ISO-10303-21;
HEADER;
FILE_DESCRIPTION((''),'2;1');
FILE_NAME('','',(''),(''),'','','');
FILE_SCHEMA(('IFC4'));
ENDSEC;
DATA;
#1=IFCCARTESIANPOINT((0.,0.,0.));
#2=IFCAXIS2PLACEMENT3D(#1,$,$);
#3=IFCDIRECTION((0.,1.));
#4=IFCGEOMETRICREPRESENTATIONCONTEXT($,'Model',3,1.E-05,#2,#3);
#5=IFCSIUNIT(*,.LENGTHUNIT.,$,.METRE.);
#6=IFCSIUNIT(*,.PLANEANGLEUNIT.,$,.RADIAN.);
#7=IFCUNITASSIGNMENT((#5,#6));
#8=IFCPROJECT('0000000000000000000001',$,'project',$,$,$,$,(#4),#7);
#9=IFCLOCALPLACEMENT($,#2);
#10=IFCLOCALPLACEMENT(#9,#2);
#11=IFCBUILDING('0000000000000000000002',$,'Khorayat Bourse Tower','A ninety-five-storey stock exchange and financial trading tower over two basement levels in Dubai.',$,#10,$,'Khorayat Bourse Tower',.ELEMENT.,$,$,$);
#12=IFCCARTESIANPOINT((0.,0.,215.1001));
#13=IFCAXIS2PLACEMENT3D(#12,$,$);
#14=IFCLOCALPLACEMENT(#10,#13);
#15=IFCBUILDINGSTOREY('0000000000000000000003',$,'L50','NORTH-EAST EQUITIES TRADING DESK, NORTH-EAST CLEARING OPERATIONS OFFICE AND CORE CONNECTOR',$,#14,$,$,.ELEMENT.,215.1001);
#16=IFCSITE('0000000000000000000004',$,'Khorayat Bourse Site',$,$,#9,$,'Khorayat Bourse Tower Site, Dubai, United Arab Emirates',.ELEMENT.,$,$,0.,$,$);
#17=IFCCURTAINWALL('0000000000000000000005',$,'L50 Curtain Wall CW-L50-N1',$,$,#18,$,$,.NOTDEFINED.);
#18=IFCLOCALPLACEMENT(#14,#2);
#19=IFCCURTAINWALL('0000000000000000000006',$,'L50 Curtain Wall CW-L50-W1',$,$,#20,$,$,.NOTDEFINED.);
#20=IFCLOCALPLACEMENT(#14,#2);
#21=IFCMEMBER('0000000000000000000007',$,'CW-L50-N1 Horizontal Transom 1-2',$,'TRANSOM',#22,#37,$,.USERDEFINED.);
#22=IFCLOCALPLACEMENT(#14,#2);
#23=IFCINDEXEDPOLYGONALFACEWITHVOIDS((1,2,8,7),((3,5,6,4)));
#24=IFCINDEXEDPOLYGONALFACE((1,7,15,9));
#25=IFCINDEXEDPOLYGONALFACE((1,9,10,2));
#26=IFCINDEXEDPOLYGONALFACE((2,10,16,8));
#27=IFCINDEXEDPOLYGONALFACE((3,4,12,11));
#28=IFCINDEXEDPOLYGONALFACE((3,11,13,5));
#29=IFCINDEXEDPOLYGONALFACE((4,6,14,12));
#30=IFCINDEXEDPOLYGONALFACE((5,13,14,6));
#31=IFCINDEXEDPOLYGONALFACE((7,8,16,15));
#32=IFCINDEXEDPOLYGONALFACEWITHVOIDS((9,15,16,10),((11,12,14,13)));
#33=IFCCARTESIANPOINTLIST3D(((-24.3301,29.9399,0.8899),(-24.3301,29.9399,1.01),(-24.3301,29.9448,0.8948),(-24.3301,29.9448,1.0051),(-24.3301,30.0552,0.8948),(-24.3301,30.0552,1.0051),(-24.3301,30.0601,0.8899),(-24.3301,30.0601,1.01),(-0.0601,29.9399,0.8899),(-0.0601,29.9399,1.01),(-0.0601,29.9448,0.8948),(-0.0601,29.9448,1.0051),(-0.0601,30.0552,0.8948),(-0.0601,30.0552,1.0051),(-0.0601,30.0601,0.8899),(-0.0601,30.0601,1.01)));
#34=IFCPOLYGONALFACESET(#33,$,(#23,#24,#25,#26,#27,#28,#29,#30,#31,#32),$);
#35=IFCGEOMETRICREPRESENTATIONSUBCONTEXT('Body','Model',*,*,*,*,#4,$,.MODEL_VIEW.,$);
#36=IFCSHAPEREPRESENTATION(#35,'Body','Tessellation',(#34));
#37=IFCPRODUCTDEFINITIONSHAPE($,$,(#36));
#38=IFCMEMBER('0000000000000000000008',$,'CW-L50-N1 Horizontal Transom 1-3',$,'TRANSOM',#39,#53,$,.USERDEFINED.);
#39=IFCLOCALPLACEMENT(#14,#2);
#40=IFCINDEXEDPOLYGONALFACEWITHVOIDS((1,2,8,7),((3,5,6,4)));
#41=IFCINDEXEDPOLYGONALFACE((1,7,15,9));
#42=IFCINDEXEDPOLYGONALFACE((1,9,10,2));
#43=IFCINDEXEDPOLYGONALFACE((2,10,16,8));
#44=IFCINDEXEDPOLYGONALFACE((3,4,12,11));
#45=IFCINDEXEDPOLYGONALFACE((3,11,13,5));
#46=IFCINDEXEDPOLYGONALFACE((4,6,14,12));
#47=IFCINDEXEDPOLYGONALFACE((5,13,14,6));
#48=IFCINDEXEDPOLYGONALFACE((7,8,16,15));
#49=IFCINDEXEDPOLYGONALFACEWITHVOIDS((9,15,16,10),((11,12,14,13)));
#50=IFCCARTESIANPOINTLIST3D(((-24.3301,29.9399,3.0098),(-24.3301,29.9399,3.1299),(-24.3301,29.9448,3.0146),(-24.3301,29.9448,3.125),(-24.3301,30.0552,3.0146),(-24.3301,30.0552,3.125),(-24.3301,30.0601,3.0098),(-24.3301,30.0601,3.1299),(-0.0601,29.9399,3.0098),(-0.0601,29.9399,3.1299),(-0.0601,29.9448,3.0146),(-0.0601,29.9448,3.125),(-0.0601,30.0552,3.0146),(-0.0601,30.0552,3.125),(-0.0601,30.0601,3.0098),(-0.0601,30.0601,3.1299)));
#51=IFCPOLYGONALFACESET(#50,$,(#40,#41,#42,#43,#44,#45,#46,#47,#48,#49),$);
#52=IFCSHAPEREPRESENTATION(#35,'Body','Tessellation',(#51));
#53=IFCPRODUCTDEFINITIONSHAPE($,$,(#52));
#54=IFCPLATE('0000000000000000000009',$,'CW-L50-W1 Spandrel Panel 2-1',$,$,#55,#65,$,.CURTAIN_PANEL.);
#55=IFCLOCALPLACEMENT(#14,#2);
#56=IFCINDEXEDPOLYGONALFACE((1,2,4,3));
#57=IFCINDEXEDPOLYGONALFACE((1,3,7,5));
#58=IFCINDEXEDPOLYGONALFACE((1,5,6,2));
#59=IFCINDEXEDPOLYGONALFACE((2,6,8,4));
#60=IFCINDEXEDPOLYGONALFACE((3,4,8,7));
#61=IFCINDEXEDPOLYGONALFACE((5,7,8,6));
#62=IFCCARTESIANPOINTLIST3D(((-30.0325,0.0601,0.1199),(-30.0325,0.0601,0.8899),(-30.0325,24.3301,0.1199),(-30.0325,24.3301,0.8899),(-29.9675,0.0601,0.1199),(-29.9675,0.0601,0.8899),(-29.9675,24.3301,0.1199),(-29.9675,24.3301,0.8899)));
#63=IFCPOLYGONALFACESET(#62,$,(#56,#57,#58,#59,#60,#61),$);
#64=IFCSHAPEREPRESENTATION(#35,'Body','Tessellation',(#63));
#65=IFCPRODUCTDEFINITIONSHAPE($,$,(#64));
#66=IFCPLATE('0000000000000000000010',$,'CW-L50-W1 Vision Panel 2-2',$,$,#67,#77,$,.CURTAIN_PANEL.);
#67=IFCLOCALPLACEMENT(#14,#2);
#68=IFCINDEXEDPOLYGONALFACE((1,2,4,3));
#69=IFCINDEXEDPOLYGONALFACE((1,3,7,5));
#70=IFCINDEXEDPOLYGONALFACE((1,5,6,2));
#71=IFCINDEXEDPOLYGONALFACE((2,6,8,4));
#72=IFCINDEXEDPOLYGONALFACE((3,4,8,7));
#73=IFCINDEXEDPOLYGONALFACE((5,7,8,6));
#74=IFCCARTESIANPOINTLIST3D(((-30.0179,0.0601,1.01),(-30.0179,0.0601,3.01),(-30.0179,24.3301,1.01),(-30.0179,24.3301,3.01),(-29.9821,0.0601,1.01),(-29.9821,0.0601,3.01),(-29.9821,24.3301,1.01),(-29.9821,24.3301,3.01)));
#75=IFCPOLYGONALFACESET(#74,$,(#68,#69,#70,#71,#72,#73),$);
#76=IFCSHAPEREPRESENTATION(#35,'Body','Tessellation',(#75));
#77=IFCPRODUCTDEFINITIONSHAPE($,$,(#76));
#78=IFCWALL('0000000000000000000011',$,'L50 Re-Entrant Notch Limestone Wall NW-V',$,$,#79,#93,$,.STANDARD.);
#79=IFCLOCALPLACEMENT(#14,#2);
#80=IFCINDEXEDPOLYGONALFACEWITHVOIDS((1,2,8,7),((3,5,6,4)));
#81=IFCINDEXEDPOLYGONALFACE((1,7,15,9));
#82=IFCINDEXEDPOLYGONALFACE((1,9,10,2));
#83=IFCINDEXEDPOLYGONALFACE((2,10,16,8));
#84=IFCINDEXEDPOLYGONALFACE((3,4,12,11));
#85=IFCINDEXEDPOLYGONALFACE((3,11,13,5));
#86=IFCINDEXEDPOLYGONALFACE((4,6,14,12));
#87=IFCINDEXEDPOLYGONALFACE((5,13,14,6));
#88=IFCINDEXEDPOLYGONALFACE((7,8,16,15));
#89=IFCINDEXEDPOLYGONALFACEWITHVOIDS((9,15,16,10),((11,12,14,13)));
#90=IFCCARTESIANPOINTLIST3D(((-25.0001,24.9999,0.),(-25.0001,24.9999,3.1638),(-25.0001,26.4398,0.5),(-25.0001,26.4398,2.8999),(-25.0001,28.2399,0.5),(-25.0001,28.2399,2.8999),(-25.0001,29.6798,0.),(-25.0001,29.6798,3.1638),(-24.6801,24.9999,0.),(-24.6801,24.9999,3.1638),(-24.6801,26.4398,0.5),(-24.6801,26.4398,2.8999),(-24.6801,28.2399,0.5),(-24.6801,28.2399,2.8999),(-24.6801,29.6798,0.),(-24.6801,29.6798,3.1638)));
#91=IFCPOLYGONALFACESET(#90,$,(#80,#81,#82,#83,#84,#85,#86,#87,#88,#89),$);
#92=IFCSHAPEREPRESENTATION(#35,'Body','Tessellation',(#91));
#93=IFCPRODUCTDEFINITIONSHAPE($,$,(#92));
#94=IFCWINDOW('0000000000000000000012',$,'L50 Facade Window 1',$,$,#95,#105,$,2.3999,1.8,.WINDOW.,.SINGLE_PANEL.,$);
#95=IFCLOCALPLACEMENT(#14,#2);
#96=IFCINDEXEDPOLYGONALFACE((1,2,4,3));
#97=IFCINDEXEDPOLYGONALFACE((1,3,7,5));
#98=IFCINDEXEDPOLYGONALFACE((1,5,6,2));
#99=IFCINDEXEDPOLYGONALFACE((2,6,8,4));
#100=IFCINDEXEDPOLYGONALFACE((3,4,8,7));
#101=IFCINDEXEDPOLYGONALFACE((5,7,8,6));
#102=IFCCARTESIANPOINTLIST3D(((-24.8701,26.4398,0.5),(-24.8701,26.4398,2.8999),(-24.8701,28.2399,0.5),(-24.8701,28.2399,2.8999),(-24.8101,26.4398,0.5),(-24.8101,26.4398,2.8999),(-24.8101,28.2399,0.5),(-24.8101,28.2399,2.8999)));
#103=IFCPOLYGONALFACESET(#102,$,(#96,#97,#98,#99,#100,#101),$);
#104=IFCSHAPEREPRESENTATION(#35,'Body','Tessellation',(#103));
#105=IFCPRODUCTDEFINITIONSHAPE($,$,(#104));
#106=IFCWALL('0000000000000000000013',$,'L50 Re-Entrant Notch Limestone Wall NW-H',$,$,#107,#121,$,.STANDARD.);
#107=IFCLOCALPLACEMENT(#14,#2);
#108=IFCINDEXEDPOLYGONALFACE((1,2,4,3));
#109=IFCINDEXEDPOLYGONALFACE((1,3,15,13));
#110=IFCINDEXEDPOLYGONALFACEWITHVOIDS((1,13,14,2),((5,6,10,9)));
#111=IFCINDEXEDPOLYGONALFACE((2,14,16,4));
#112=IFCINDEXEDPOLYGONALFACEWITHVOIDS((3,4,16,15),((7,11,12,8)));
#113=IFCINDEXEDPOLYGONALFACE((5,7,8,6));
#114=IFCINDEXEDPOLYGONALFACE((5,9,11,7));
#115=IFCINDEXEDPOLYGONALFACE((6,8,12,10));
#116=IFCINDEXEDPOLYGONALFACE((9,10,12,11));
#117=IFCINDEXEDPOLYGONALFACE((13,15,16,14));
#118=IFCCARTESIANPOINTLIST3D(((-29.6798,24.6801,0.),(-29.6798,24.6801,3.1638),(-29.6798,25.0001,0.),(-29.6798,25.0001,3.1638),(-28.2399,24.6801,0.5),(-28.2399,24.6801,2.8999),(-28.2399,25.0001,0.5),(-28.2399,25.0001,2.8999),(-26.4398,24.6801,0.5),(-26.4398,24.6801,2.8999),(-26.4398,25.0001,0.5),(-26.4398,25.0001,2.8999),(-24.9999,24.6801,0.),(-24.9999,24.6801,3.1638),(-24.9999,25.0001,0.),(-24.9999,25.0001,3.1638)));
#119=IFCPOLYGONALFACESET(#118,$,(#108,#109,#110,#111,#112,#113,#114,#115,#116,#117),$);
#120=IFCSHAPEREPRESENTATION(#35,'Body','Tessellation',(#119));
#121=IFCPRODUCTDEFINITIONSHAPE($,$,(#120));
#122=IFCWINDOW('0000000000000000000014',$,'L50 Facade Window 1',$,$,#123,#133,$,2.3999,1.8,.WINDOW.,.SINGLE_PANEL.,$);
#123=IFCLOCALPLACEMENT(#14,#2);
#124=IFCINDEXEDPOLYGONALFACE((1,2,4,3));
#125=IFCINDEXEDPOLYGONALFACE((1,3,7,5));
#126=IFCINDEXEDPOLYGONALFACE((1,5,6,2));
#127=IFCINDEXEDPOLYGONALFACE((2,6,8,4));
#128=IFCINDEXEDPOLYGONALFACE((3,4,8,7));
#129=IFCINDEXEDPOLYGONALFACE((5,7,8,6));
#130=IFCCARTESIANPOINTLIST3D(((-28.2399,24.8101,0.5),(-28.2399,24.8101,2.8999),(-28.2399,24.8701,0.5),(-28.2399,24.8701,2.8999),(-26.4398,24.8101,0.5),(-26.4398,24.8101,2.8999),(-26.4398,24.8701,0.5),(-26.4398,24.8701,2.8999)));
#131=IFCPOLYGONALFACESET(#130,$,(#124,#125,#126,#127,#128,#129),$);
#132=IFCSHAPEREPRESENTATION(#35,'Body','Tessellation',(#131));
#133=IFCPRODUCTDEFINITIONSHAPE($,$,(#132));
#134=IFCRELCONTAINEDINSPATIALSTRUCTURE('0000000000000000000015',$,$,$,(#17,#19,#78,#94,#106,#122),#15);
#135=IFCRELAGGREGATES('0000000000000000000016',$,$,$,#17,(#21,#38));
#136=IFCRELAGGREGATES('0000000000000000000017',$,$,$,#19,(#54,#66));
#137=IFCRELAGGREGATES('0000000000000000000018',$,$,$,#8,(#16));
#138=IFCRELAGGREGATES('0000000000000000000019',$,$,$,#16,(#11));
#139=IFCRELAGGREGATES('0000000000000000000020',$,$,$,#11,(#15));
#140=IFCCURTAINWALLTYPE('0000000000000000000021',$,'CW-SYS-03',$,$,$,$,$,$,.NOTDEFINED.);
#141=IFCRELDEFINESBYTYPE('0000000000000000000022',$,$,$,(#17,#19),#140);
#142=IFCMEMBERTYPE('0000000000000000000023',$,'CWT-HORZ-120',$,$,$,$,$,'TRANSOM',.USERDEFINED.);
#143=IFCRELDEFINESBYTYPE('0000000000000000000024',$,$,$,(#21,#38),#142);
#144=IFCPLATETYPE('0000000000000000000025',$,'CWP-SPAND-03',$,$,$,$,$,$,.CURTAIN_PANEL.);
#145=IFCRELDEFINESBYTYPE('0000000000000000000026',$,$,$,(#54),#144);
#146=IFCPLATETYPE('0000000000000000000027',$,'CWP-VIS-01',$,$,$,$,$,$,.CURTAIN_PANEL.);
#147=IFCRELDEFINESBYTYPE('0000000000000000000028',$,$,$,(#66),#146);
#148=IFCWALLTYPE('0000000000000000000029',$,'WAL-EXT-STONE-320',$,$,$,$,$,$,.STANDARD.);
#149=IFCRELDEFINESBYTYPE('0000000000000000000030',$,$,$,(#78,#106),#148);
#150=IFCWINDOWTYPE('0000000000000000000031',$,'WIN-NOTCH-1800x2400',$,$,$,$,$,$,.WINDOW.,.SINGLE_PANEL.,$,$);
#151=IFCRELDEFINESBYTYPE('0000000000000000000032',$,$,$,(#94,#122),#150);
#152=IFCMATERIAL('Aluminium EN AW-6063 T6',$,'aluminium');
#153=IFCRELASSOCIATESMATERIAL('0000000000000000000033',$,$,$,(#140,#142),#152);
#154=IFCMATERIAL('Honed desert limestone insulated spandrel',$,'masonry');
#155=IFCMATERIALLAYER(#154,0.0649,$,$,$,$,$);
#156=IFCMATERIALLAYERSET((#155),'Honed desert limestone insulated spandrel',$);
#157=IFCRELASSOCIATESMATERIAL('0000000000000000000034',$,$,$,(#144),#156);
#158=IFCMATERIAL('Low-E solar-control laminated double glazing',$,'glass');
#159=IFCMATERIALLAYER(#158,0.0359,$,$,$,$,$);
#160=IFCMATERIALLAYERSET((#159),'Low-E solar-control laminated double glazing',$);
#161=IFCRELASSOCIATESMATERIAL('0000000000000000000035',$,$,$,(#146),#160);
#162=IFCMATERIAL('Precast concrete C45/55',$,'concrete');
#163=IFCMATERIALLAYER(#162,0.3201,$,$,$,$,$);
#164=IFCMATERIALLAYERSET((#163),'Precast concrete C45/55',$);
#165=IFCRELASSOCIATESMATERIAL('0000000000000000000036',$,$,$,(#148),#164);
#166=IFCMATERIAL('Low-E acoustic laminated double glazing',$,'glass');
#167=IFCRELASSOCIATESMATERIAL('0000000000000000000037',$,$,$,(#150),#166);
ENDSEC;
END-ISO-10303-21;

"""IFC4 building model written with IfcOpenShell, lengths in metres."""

from ifc_helpers import new_model, si_unit, direction, frame, frame_2d, origin, origin_2d, place, context, subcontext, project, spatial, rectangle, hollow_rectangle, extrude, source, transform, mapped, material, layer, layer_set, material_profile, profile_set, type_object, element, fill, aggregate, save


model = new_model("IFC4")

# Units and contexts
model_context = context("Model", 3, precision=1e-05, world=origin(), true_north=direction((0.0, 1.0)))
body_context = subcontext(model_context, "Body", "Model", "MODEL_VIEW")
ifc_project = project(units=[si_unit("LENGTHUNIT", "METRE"), si_unit("PLANEANGLEUNIT", "RADIAN")], contexts=[model_context])

# Site, building, storey
site_placement = place(None, origin())
site = spatial("IfcSite", under=ifc_project, at=site_placement, Name="Khorayat Bourse Site", LongName="Khorayat Bourse Tower Site, Dubai, United Arab Emirates", CompositionType="ELEMENT", RefElevation=0.0)
building_placement = place(site_placement, origin())
building = spatial("IfcBuilding", under=site, at=building_placement, Name="Khorayat Bourse Tower", Description="A ninety-five-storey stock exchange and financial trading tower over two basement levels in Dubai.", LongName="Khorayat Bourse Tower", CompositionType="ELEMENT")
storey_placement = place(building_placement, frame((0.0, 0.0, 215.1001)))
storey = spatial("IfcBuildingStorey", under=building, at=storey_placement, Name="L50", Description="NORTH-EAST EQUITIES TRADING DESK, NORTH-EAST CLEARING OPERATIONS OFFICE AND CORE CONNECTOR", CompositionType="ELEMENT", Elevation=215.1001)

# Curtain wall
ifc_material_1 = material(Name="Aluminium EN AW-6063 T6", Category="aluminium")
curtain_wall_type = type_object("IfcCurtainWallType", Name="CW-SYS-03", PredefinedType="NOTDEFINED", material=ifc_material_1)
curtain_wall_1_placement = place(storey_placement, origin())
curtain_wall_1 = element("IfcCurtainWall", 1, at=curtain_wall_1_placement, inside=storey, type_object=curtain_wall_type, Name="L50 Curtain Wall CW-L50-N1", PredefinedType="NOTDEFINED")

# Curtain wall
curtain_wall_2_placement = place(storey_placement, origin())
curtain_wall_2 = element("IfcCurtainWall", 2, at=curtain_wall_2_placement, inside=storey, type_object=curtain_wall_type, Name="L50 Curtain Wall CW-L50-W1", PredefinedType="NOTDEFINED")

# Members
ifc_material_profile_1 = material_profile(ifc_material_1, hollow_rectangle(XDim=0.1201, YDim=0.1201, WallThickness=0.0049, at=origin_2d()), Name="ALU 120x120x5")
ifc_profile_set_1 = profile_set([ifc_material_profile_1], Name="Aluminium EN AW-6063 T6")
member_type_1 = type_object("IfcMemberType", Name="CWT-HORZ-120", ElementType="TRANSOM", PredefinedType="USERDEFINED", material=ifc_profile_set_1)
shared_shape_1 = source(origin(), body_context, "Body", "SweptSolid", [
    extrude(hollow_rectangle(XDim=0.1201, YDim=0.1201, WallThickness=0.0049, at=origin_2d()), origin(), (0.0, 0.0, 1.0), 24.27),
])
member_1_placement = place(storey_placement, frame((-24.3301, 30.0, 0.95), z_axis=(1.0, 0.0, 0.0), x_axis=(0.0, 1.0, 0.0)))
member_1 = element("IfcMember", 3, at=member_1_placement, type_object=member_type_1, Name="CW-L50-N1 Horizontal Transom 1-2", ObjectType="TRANSOM", PredefinedType="USERDEFINED", context=body_context, shape_type="MappedRepresentation", body=[
    mapped(shared_shape_1, transform((0.0, 0.0, 0.0), scale=1.0)),
])
member_2_placement = place(storey_placement, frame((-24.3301, 30.0, 3.0698), z_axis=(1.0, 0.0, 0.0), x_axis=(0.0, 1.0, 0.0)))
member_2 = element("IfcMember", 4, at=member_2_placement, type_object=member_type_1, Name="CW-L50-N1 Horizontal Transom 1-3", ObjectType="TRANSOM", PredefinedType="USERDEFINED", context=body_context, shape_type="MappedRepresentation", body=[
    mapped(shared_shape_1, transform((0.0, 0.0, 0.0), scale=1.0)),
])
aggregate(curtain_wall_1, [member_1, member_2])

# Plates
ifc_material_2 = material(Name="Honed desert limestone insulated spandrel", Category="masonry")
ifc_layer_1 = layer(ifc_material_2, 0.0649)
ifc_layer_set_1 = layer_set([ifc_layer_1], Name="Honed desert limestone insulated spandrel")
plate_type_1 = type_object("IfcPlateType", Name="CWP-SPAND-03", PredefinedType="CURTAIN_PANEL", material=ifc_layer_set_1)
shared_shape_2 = source(origin(), body_context, "Body", "SweptSolid", [
    extrude(rectangle(XDim=24.27, YDim=0.0649, at=origin_2d()), origin(), (0.0, 0.0, 1.0), 0.77),
])
plate_1_placement = place(storey_placement, frame((-30.0, 12.1951, 0.1199), z_axis=(0.0, 0.0, 1.0), x_axis=(0.0, 1.0, 0.0)))
plate_1 = element("IfcPlate", 5, at=plate_1_placement, type_object=plate_type_1, Name="CW-L50-W1 Spandrel Panel 2-1", PredefinedType="CURTAIN_PANEL", context=body_context, shape_type="MappedRepresentation", body=[
    mapped(shared_shape_2, transform((0.0, 0.0, 0.0), scale=1.0)),
])
ifc_material_3 = material(Name="Low-E solar-control laminated double glazing", Category="glass")
ifc_layer_2 = layer(ifc_material_3, 0.0359)
ifc_layer_set_2 = layer_set([ifc_layer_2], Name="Low-E solar-control laminated double glazing")
plate_type_2 = type_object("IfcPlateType", Name="CWP-VIS-01", PredefinedType="CURTAIN_PANEL", material=ifc_layer_set_2)
shared_shape_3 = source(origin(), body_context, "Body", "SweptSolid", [
    extrude(rectangle(XDim=24.27, YDim=0.0359, at=origin_2d()), origin(), (0.0, 0.0, 1.0), 2.0),
])
plate_2_placement = place(storey_placement, frame((-30.0, 12.1951, 1.01), z_axis=(0.0, 0.0, 1.0), x_axis=(0.0, 1.0, 0.0)))
plate_2 = element("IfcPlate", 6, at=plate_2_placement, type_object=plate_type_2, Name="CW-L50-W1 Vision Panel 2-2", PredefinedType="CURTAIN_PANEL", context=body_context, shape_type="MappedRepresentation", body=[
    mapped(shared_shape_3, transform((0.0, 0.0, 0.0), scale=1.0)),
])
aggregate(curtain_wall_2, [plate_1, plate_2])

# Walls, openings, windows
ifc_material_4 = material(Name="Precast concrete C45/55", Category="concrete")
ifc_layer_3 = layer(ifc_material_4, 0.3201)
ifc_layer_set_3 = layer_set([ifc_layer_3], Name="Precast concrete C45/55")
wall_type = type_object("IfcWallType", Name="WAL-EXT-STONE-320", PredefinedType="STANDARD", material=ifc_layer_set_3)
shared_shape_4 = source(origin(), body_context, "Body", "SweptSolid", [
    extrude(rectangle(XDim=4.6799, YDim=0.3201, at=frame_2d((2.3398, 0.0))), origin(), (0.0, 0.0, 1.0), 3.1638),
])
wall_1_placement = place(storey_placement, frame((-24.8401, 25.0, 0.0), z_axis=(0.0, 0.0, 1.0), x_axis=(0.0, 1.0, 0.0)))
wall_1 = element("IfcWall", 7, at=wall_1_placement, inside=storey, type_object=wall_type, Name="L50 Re-Entrant Notch Limestone Wall NW-V", PredefinedType="STANDARD", context=body_context, shape_type="MappedRepresentation", body=[
    mapped(shared_shape_4, transform((0.0, 0.0, 0.0), scale=1.0)),
])
shared_shape_5 = source(origin(), body_context, "Body", "SweptSolid", [
    extrude(rectangle(XDim=1.8, YDim=2.3999, at=frame_2d((0.8999, 1.2))), frame((0.0, 0.1699, 0.0), z_axis=(0.0, -1.0, 0.0), x_axis=(1.0, 0.0, 0.0)), (0.0, 0.0, 1.0), 0.3401),
])
opening_1_placement = place(wall_1_placement, frame((1.4399, 0.0, 0.5)))
opening_1 = element("IfcOpeningElement", 8, at=opening_1_placement, cuts=wall_1, PredefinedType="OPENING", context=body_context, shape_type="MappedRepresentation", body=[
    mapped(shared_shape_5, transform((0.0, 0.0, 0.0), scale=1.0)),
])
ifc_material_5 = material(Name="Low-E acoustic laminated double glazing", Category="glass")
window_type = type_object("IfcWindowType", Name="WIN-NOTCH-1800x2400", PartitioningType="SINGLE_PANEL", PredefinedType="WINDOW", material=ifc_material_5)
shared_shape_6 = source(origin(), body_context, "Body", "SweptSolid", [
    extrude(rectangle(XDim=1.8, YDim=2.3999, at=frame_2d((0.8999, 1.2))), frame((0.0, 0.03, 0.0), z_axis=(0.0, -1.0, 0.0), x_axis=(1.0, 0.0, 0.0)), (0.0, 0.0, 1.0), 0.0601),
])
window_1_placement = place(opening_1_placement, origin())
window_1 = element("IfcWindow", 9, at=window_1_placement, inside=storey, type_object=window_type, Name="L50 Facade Window 1", OverallHeight=2.3999, OverallWidth=1.8, PartitioningType="SINGLE_PANEL", PredefinedType="WINDOW", context=body_context, shape_type="MappedRepresentation", body=[
    mapped(shared_shape_6, transform((0.0, 0.0, 0.0), scale=1.0)),
])
fill(opening_1, window_1)
wall_2_placement = place(storey_placement, frame((-25.0, 24.8401, 0.0), z_axis=(0.0, 0.0, 1.0), x_axis=(-1.0, 0.0, 0.0)))
wall_2 = element("IfcWall", 10, at=wall_2_placement, inside=storey, type_object=wall_type, Name="L50 Re-Entrant Notch Limestone Wall NW-H", PredefinedType="STANDARD", context=body_context, shape_type="MappedRepresentation", body=[
    mapped(shared_shape_4, transform((0.0, 0.0, 0.0), scale=1.0)),
])
opening_2_placement = place(wall_2_placement, frame((1.4399, 0.0, 0.5)))
opening_2 = element("IfcOpeningElement", 11, at=opening_2_placement, cuts=wall_2, PredefinedType="OPENING", context=body_context, shape_type="MappedRepresentation", body=[
    mapped(shared_shape_5, transform((0.0, 0.0, 0.0), scale=1.0)),
])
window_2_placement = place(opening_2_placement, origin())
window_2 = element("IfcWindow", 12, at=window_2_placement, inside=storey, type_object=window_type, Name="L50 Facade Window 1", OverallHeight=2.3999, OverallWidth=1.8, PartitioningType="SINGLE_PANEL", PredefinedType="WINDOW", context=body_context, shape_type="MappedRepresentation", body=[
    mapped(shared_shape_6, transform((0.0, 0.0, 0.0), scale=1.0)),
])
fill(opening_2, window_2)

save(model, "model.ifc")
